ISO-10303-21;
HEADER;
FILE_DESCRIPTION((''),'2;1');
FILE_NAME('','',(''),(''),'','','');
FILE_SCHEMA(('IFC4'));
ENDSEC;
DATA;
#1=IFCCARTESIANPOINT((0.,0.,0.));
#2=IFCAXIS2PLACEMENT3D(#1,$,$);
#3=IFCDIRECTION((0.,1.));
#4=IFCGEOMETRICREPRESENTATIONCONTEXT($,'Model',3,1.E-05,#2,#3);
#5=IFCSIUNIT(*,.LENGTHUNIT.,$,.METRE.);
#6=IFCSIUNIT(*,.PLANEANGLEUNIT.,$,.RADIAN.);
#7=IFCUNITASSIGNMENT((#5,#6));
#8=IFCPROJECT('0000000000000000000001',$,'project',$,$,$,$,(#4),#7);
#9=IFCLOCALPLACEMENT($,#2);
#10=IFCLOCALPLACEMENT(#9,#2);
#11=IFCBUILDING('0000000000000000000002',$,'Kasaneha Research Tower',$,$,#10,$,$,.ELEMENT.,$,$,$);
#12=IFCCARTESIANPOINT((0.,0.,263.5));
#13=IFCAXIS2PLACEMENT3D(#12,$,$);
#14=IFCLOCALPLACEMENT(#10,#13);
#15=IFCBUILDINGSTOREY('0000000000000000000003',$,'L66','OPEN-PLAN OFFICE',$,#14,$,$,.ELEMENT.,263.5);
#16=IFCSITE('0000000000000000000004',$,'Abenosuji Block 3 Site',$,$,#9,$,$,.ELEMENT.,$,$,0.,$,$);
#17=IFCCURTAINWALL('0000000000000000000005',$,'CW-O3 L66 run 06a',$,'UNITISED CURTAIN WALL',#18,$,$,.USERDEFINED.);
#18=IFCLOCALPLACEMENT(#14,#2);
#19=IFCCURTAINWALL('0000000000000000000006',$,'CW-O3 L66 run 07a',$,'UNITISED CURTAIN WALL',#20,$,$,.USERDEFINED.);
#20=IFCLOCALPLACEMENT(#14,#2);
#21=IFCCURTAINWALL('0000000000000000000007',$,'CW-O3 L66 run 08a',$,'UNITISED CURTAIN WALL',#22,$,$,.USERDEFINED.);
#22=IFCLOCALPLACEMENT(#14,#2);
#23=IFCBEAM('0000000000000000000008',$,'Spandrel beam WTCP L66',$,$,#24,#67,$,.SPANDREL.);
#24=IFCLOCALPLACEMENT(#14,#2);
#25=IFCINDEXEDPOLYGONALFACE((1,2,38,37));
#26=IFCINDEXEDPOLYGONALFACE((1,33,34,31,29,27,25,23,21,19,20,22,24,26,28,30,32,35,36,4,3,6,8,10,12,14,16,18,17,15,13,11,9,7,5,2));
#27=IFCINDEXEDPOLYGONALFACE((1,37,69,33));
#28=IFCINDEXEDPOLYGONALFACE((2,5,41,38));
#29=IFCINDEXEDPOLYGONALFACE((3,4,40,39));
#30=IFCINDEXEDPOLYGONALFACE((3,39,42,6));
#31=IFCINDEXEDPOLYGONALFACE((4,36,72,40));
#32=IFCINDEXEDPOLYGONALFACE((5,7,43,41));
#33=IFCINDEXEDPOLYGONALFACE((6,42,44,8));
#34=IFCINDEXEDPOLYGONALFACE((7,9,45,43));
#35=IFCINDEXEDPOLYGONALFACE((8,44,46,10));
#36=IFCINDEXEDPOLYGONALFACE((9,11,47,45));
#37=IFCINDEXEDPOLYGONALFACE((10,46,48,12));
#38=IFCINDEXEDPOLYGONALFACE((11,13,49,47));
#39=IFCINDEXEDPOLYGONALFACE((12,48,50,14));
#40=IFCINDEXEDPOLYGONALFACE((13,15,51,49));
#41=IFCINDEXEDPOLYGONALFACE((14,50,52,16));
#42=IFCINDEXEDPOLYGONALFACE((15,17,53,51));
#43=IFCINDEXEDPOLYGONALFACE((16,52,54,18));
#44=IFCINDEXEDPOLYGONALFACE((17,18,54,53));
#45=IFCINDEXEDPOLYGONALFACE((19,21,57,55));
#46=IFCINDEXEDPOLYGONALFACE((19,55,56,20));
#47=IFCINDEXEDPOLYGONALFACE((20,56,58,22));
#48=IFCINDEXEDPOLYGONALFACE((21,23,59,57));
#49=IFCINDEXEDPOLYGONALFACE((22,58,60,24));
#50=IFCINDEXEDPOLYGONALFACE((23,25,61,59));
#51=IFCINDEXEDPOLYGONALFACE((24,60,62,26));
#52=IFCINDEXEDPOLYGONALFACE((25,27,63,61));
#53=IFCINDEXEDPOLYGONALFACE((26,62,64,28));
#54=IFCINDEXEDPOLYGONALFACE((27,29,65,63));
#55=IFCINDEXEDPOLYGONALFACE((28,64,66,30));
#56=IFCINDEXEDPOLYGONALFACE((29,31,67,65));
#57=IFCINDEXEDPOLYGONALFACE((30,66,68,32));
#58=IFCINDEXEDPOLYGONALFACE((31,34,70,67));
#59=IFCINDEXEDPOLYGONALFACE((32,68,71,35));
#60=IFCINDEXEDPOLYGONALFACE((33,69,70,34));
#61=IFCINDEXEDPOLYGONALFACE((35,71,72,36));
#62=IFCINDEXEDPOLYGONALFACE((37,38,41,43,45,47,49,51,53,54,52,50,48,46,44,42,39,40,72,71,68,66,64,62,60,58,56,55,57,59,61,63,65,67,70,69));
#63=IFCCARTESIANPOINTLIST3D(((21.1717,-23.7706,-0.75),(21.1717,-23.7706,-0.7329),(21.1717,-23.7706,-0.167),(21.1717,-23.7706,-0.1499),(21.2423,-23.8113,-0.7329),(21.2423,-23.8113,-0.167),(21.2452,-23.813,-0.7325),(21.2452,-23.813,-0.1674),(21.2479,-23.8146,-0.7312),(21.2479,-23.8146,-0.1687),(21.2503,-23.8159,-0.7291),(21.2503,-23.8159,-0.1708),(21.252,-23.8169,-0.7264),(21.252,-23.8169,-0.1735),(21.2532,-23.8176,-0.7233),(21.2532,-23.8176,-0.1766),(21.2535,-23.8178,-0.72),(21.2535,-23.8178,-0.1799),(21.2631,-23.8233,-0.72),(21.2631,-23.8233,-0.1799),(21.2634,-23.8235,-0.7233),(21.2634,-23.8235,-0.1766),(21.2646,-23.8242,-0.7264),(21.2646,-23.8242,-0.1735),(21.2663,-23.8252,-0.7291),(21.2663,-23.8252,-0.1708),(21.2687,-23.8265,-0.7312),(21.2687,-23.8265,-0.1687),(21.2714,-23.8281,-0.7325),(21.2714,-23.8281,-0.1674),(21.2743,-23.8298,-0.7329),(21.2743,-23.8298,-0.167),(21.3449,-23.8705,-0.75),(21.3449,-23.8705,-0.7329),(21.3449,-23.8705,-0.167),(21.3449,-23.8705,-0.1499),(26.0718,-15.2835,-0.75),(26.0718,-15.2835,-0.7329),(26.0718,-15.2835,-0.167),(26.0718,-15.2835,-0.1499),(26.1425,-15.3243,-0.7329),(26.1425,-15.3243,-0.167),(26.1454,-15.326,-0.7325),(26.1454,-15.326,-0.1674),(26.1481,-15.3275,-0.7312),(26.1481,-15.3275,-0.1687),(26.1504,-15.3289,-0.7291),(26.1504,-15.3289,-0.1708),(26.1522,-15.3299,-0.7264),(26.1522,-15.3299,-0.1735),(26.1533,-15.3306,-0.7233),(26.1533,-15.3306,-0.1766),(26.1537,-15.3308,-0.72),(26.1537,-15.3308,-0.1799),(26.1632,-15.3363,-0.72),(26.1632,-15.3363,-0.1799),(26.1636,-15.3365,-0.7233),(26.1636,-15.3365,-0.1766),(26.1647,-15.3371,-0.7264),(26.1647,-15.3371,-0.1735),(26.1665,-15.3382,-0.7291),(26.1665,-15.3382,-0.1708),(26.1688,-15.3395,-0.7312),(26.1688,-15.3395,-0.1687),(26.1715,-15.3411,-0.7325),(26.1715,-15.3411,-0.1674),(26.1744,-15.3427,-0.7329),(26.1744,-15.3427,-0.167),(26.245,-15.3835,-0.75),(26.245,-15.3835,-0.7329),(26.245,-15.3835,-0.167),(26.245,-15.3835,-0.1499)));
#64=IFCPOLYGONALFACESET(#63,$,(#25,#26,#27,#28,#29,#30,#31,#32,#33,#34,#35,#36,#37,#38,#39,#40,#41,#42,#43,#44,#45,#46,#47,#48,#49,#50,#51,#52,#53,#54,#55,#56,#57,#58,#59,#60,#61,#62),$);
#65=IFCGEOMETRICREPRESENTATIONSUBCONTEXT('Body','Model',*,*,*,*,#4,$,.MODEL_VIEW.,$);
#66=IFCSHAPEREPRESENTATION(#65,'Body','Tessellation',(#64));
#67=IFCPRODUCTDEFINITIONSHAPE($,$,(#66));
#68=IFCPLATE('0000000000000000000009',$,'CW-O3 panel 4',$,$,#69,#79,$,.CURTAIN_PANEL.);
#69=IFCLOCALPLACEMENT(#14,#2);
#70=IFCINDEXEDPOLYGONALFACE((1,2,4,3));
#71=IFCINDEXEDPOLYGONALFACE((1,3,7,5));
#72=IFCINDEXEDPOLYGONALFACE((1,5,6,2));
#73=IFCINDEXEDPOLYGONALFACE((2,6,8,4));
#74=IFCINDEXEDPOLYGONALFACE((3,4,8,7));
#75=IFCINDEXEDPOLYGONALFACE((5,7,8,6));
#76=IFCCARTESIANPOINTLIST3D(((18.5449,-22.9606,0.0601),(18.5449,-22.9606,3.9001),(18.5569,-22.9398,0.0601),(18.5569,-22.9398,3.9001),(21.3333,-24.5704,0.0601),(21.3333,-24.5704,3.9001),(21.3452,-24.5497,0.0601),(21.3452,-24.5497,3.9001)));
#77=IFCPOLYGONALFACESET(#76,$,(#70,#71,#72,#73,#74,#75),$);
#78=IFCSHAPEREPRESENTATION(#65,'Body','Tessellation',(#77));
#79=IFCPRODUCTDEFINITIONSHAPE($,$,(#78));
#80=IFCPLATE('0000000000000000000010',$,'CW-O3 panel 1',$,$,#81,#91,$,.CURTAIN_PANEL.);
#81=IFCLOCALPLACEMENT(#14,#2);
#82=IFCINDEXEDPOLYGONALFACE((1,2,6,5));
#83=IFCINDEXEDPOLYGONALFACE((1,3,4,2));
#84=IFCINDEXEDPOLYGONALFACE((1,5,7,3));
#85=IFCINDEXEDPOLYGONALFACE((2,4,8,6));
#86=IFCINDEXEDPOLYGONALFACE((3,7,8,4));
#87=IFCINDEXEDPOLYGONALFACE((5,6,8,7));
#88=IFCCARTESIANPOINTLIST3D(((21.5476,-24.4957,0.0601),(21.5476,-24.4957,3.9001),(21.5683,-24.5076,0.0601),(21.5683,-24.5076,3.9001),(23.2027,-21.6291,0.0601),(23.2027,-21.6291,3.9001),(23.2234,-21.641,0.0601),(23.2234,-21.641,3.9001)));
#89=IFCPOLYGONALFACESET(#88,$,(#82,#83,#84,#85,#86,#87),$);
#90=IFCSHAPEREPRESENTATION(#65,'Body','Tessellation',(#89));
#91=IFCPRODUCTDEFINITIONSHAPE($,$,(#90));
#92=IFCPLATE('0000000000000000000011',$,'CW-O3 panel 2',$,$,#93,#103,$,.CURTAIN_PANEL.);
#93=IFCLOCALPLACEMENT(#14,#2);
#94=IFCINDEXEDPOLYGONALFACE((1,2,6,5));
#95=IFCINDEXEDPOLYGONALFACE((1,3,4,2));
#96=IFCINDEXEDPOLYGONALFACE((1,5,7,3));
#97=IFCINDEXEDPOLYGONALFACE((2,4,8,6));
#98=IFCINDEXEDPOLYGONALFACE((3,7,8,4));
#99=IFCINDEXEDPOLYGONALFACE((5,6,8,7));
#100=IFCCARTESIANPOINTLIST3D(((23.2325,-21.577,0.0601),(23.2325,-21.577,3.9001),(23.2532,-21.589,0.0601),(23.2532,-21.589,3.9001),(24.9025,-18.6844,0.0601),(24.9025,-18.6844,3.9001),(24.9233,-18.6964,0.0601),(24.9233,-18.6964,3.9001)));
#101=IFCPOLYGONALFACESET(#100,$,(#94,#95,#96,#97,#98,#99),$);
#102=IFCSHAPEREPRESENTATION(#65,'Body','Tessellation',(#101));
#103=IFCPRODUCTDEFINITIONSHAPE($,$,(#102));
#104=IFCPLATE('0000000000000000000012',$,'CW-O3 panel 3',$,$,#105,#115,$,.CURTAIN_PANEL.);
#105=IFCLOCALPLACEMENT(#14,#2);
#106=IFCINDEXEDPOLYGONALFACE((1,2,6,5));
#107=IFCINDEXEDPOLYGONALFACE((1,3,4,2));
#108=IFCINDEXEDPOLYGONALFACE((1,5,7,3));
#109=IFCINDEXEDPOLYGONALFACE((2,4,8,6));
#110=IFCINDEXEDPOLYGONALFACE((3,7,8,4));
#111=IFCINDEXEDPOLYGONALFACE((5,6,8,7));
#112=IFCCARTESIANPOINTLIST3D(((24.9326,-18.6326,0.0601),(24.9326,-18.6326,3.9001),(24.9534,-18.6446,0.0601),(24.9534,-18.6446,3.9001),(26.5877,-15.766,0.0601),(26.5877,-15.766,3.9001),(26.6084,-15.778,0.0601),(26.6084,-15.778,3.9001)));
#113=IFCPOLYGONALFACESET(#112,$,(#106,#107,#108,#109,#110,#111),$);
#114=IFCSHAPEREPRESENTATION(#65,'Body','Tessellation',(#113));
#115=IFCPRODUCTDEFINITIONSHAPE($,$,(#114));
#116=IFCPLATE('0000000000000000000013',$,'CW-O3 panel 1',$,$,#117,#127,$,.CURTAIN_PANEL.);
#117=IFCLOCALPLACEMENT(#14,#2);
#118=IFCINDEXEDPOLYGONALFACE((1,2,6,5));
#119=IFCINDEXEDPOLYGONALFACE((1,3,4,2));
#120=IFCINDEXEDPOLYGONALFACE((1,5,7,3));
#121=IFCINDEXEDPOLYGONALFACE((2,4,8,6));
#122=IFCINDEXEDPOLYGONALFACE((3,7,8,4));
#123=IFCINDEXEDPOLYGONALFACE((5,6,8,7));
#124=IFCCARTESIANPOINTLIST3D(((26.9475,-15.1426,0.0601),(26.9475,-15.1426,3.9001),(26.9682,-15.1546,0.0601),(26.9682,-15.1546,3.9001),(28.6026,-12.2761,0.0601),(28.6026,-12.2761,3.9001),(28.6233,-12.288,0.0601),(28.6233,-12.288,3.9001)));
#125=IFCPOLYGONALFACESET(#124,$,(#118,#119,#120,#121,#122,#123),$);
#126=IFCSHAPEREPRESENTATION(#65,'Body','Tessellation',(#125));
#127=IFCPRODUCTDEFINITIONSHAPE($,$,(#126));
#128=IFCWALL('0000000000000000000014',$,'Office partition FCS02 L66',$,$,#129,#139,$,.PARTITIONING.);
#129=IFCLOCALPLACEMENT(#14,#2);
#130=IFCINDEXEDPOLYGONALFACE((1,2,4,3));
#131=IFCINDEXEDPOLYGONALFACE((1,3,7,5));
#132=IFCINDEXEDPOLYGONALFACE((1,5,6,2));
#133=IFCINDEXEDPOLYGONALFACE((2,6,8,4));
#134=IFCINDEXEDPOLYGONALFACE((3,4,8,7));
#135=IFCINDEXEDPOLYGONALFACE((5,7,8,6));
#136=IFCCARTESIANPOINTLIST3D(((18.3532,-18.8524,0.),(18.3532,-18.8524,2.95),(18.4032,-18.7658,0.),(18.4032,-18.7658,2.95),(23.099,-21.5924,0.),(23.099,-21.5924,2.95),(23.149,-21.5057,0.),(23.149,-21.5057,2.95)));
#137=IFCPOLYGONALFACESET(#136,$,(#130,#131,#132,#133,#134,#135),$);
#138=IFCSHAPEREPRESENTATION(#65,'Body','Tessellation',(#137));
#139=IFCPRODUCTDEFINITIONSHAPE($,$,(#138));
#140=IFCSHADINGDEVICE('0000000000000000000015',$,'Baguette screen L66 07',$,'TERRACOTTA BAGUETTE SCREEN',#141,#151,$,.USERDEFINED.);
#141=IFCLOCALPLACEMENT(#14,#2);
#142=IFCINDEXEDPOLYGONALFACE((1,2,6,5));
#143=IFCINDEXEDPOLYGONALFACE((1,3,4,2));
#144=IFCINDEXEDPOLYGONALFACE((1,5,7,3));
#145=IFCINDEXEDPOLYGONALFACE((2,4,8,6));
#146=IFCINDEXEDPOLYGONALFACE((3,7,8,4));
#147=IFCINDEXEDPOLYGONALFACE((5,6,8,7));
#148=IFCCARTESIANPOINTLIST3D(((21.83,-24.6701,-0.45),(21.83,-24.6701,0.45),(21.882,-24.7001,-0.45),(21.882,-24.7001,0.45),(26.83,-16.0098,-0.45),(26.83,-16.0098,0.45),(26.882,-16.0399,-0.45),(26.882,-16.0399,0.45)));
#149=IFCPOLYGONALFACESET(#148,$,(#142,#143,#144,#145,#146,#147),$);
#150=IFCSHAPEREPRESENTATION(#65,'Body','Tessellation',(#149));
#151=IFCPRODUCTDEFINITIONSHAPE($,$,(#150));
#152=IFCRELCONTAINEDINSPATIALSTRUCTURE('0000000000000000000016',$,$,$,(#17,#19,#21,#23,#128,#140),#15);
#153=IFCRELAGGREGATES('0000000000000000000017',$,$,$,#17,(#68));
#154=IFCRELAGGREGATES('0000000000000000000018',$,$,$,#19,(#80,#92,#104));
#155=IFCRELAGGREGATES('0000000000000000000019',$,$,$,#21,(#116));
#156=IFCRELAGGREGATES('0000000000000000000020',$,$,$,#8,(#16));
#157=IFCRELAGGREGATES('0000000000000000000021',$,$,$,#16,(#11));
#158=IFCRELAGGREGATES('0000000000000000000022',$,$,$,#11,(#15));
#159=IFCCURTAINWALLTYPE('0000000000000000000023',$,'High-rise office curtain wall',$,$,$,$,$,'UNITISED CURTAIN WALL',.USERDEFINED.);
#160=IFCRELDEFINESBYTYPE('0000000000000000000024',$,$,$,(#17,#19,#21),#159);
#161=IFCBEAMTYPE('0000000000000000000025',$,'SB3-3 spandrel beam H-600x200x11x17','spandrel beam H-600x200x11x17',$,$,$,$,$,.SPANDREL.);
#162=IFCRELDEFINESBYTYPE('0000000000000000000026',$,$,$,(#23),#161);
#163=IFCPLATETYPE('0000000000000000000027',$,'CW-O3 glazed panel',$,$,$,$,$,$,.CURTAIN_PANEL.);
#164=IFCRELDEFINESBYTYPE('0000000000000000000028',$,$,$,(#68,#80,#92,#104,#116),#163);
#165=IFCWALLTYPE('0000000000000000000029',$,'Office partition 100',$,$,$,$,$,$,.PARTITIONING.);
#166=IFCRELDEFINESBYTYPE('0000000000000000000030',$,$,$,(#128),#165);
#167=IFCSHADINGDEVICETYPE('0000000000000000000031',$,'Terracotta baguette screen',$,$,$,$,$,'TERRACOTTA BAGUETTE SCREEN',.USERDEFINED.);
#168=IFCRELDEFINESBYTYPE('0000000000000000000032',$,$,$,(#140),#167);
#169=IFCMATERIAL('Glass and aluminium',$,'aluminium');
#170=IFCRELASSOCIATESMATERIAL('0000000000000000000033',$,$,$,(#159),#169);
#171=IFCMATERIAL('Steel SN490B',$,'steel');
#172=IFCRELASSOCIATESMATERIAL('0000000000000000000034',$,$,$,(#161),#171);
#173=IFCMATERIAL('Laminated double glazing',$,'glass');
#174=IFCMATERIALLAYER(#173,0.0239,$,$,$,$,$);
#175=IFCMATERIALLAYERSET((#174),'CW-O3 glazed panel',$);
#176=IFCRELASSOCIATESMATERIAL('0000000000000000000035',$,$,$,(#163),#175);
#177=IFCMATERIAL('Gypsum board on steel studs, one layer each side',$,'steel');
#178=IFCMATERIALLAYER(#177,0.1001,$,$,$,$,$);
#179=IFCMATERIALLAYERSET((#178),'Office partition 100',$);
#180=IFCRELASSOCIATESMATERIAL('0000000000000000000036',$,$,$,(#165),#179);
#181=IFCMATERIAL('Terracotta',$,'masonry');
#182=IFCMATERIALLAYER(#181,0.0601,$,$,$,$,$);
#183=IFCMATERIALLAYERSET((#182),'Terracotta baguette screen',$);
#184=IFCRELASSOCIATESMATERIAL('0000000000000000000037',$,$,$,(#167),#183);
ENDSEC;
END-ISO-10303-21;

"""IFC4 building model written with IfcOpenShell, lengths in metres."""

from ifc_helpers import new_model, si_unit, direction, frame, frame_2d, origin, origin_2d, place, context, subcontext, project, spatial, rectangle, i_section, extrude, material, layer, layer_set, material_profile, profile_set, type_object, element, aggregate, save


model = new_model("IFC4")

# Units and contexts
model_context = context("Model", 3, precision=1e-05, world=origin(), true_north=direction((0.0, 1.0)))
body_context = subcontext(model_context, "Body", "Model", "MODEL_VIEW")
ifc_project = project(units=[si_unit("LENGTHUNIT", "METRE"), si_unit("PLANEANGLEUNIT", "RADIAN")], contexts=[model_context])

# Site, building, storey
site_placement = place(None, origin())
site = spatial("IfcSite", under=ifc_project, at=site_placement, Name="Abenosuji Block 3 Site", CompositionType="ELEMENT", RefElevation=0.0)
building_placement = place(site_placement, origin())
building = spatial("IfcBuilding", under=site, at=building_placement, Name="Kasaneha Research Tower", CompositionType="ELEMENT")
storey_placement = place(building_placement, frame((0.0, 0.0, 263.5)))
storey = spatial("IfcBuildingStorey", under=building, at=storey_placement, Name="L66", Description="OPEN-PLAN OFFICE", CompositionType="ELEMENT", Elevation=263.5)

# Curtain wall
ifc_material_1 = material(Name="Glass and aluminium", Category="aluminium")
curtain_wall_type = type_object("IfcCurtainWallType", Name="High-rise office curtain wall", ElementType="UNITISED CURTAIN WALL", PredefinedType="USERDEFINED", material=ifc_material_1)
curtain_wall_1_placement = place(storey_placement, origin())
curtain_wall_1 = element("IfcCurtainWall", 1, at=curtain_wall_1_placement, inside=storey, type_object=curtain_wall_type, Name="CW-O3 L66 run 06a", ObjectType="UNITISED CURTAIN WALL", PredefinedType="USERDEFINED")

# Curtain wall
curtain_wall_2_placement = place(storey_placement, origin())
curtain_wall_2 = element("IfcCurtainWall", 2, at=curtain_wall_2_placement, inside=storey, type_object=curtain_wall_type, Name="CW-O3 L66 run 07a", ObjectType="UNITISED CURTAIN WALL", PredefinedType="USERDEFINED")

# Curtain wall
curtain_wall_3_placement = place(storey_placement, origin())
curtain_wall_3 = element("IfcCurtainWall", 3, at=curtain_wall_3_placement, inside=storey, type_object=curtain_wall_type, Name="CW-O3 L66 run 08a", ObjectType="UNITISED CURTAIN WALL", PredefinedType="USERDEFINED")

# Beam
ifc_material_2 = material(Name="Steel SN490B", Category="steel")
ifc_material_profile_1 = material_profile(ifc_material_2, i_section(OverallWidth=0.2, OverallDepth=0.6001, WebThickness=0.011, FlangeThickness=0.0171, FilletRadius=0.0129, at=origin_2d()), Name="H-600x200x11x17")
ifc_profile_set_1 = profile_set([ifc_material_profile_1], Name="Steel SN490B")
beam_type = type_object("IfcBeamType", Name="SB3-3 spandrel beam H-600x200x11x17", Description="spandrel beam H-600x200x11x17", PredefinedType="SPANDREL", material=ifc_profile_set_1)
beam_placement = place(storey_placement, frame((21.2583, -23.8206, -0.45), z_axis=(0.500011, 0.866019, 0.0), x_axis=(-0.866019, 0.500011, 0.0)))
element("IfcBeam", 4, at=beam_placement, inside=storey, type_object=beam_type, Name="Spandrel beam WTCP L66", PredefinedType="SPANDREL", context=body_context, shape_type="SweptSolid", body=[
    extrude(i_section(OverallWidth=0.2, OverallDepth=0.6001, WebThickness=0.011, FlangeThickness=0.0171, FilletRadius=0.0129, at=origin_2d()), origin(), (0.0, 0.0, 1.0), 9.8),
])

# Plates
ifc_material_3 = material(Name="Laminated double glazing", Category="glass")
ifc_layer_1 = layer(ifc_material_3, 0.0239)
ifc_layer_set_1 = layer_set([ifc_layer_1], Name="CW-O3 glazed panel")
plate_type = type_object("IfcPlateType", Name="CW-O3 glazed panel", PredefinedType="CURTAIN_PANEL", material=ifc_layer_set_1)
plate_1_placement = place(storey_placement, frame((19.9451, -23.7551, 0.0601), z_axis=(0.0, 0.0, 1.0), x_axis=(0.866025, -0.5, 0.0)))
plate_1 = element("IfcPlate", 5, at=plate_1_placement, type_object=plate_type, Name="CW-O3 panel 4", PredefinedType="CURTAIN_PANEL", context=body_context, shape_type="SweptSolid", body=[
    extrude(rectangle(XDim=3.2197, YDim=0.0239, at=origin_2d()), origin(), (0.0, 0.0, 1.0), 3.8401),
])
aggregate(curtain_wall_1, [plate_1])
plate_2_placement = place(storey_placement, frame((22.3855, -23.0684, 0.0601), z_axis=(0.0, 0.0, 1.0), x_axis=(0.5, 0.866025, 0.0)))
plate_2 = element("IfcPlate", 6, at=plate_2_placement, type_object=plate_type, Name="CW-O3 panel 1", PredefinedType="CURTAIN_PANEL", context=body_context, shape_type="SweptSolid", body=[
    extrude(rectangle(XDim=3.3101, YDim=0.0239, at=origin_2d()), origin(), (0.0, 0.0, 1.0), 3.8401),
])
plate_3_placement = place(storey_placement, frame((24.0779, -20.1367, 0.0601), z_axis=(0.0, 0.0, 1.0), x_axis=(0.5, 0.866025, 0.0)))
plate_3 = element("IfcPlate", 7, at=plate_3_placement, type_object=plate_type, Name="CW-O3 panel 2", PredefinedType="CURTAIN_PANEL", context=body_context, shape_type="SweptSolid", body=[
    extrude(rectangle(XDim=3.3401, YDim=0.0239, at=origin_2d()), origin(), (0.0, 0.0, 1.0), 3.8401),
])
plate_4_placement = place(storey_placement, frame((25.7705, -17.2053, 0.0601), z_axis=(0.0, 0.0, 1.0), x_axis=(0.5, 0.866025, 0.0)))
plate_4 = element("IfcPlate", 8, at=plate_4_placement, type_object=plate_type, Name="CW-O3 panel 3", PredefinedType="CURTAIN_PANEL", context=body_context, shape_type="SweptSolid", body=[
    extrude(rectangle(XDim=3.3101, YDim=0.0239, at=origin_2d()), origin(), (0.0, 0.0, 1.0), 3.8401),
])
aggregate(curtain_wall_2, [plate_2, plate_3, plate_4])
plate_5_placement = place(storey_placement, frame((27.7854, -13.7153, 0.0601), z_axis=(0.0, 0.0, 1.0), x_axis=(0.5, 0.866025, 0.0)))
plate_5 = element("IfcPlate", 9, at=plate_5_placement, type_object=plate_type, Name="CW-O3 panel 1", PredefinedType="CURTAIN_PANEL", context=body_context, shape_type="SweptSolid", body=[
    extrude(rectangle(XDim=3.3101, YDim=0.0239, at=origin_2d()), origin(), (0.0, 0.0, 1.0), 3.8401),
])
aggregate(curtain_wall_3, [plate_5])

# Wall
ifc_material_4 = material(Name="Gypsum board on steel studs, one layer each side", Category="steel")
ifc_layer_2 = layer(ifc_material_4, 0.1001)
ifc_layer_set_2 = layer_set([ifc_layer_2], Name="Office partition 100")
wall_type = type_object("IfcWallType", Name="Office partition 100", PredefinedType="PARTITIONING", material=ifc_layer_set_2)
wall_placement = place(storey_placement, frame((23.124, -21.5491, 0.0), z_axis=(0.0, 0.0, 1.0), x_axis=(-0.866028, 0.499996, 0.0)))
element("IfcWall", 10, at=wall_placement, inside=storey, type_object=wall_type, Name="Office partition FCS02 L66", PredefinedType="PARTITIONING", context=body_context, shape_type="SweptSolid", body=[
    extrude(rectangle(XDim=5.48, YDim=0.1001, at=frame_2d((2.74, 0.0))), origin(), (0.0, 0.0, 1.0), 2.95),
])

# Shading device
ifc_material_5 = material(Name="Terracotta", Category="masonry")
ifc_layer_3 = layer(ifc_material_5, 0.0601)
ifc_layer_set_3 = layer_set([ifc_layer_3], Name="Terracotta baguette screen")
shading_device_type = type_object("IfcShadingDeviceType", Name="Terracotta baguette screen", ElementType="TERRACOTTA BAGUETTE SCREEN", PredefinedType="USERDEFINED", material=ifc_layer_set_3)
shading_device_placement = place(storey_placement, frame((24.356, -20.355, -0.45), z_axis=(0.0, 0.0, 1.0), x_axis=(0.5, 0.866025, 0.0)))
element("IfcShadingDevice", 11, at=shading_device_placement, inside=storey, type_object=shading_device_type, Name="Baguette screen L66 07", ObjectType="TERRACOTTA BAGUETTE SCREEN", PredefinedType="USERDEFINED", context=body_context, shape_type="SweptSolid", body=[
    extrude(rectangle(XDim=10.0, YDim=0.0601, at=origin_2d()), origin(), (0.0, 0.0, 1.0), 0.8999),
])

save(model, "model.ifc")
